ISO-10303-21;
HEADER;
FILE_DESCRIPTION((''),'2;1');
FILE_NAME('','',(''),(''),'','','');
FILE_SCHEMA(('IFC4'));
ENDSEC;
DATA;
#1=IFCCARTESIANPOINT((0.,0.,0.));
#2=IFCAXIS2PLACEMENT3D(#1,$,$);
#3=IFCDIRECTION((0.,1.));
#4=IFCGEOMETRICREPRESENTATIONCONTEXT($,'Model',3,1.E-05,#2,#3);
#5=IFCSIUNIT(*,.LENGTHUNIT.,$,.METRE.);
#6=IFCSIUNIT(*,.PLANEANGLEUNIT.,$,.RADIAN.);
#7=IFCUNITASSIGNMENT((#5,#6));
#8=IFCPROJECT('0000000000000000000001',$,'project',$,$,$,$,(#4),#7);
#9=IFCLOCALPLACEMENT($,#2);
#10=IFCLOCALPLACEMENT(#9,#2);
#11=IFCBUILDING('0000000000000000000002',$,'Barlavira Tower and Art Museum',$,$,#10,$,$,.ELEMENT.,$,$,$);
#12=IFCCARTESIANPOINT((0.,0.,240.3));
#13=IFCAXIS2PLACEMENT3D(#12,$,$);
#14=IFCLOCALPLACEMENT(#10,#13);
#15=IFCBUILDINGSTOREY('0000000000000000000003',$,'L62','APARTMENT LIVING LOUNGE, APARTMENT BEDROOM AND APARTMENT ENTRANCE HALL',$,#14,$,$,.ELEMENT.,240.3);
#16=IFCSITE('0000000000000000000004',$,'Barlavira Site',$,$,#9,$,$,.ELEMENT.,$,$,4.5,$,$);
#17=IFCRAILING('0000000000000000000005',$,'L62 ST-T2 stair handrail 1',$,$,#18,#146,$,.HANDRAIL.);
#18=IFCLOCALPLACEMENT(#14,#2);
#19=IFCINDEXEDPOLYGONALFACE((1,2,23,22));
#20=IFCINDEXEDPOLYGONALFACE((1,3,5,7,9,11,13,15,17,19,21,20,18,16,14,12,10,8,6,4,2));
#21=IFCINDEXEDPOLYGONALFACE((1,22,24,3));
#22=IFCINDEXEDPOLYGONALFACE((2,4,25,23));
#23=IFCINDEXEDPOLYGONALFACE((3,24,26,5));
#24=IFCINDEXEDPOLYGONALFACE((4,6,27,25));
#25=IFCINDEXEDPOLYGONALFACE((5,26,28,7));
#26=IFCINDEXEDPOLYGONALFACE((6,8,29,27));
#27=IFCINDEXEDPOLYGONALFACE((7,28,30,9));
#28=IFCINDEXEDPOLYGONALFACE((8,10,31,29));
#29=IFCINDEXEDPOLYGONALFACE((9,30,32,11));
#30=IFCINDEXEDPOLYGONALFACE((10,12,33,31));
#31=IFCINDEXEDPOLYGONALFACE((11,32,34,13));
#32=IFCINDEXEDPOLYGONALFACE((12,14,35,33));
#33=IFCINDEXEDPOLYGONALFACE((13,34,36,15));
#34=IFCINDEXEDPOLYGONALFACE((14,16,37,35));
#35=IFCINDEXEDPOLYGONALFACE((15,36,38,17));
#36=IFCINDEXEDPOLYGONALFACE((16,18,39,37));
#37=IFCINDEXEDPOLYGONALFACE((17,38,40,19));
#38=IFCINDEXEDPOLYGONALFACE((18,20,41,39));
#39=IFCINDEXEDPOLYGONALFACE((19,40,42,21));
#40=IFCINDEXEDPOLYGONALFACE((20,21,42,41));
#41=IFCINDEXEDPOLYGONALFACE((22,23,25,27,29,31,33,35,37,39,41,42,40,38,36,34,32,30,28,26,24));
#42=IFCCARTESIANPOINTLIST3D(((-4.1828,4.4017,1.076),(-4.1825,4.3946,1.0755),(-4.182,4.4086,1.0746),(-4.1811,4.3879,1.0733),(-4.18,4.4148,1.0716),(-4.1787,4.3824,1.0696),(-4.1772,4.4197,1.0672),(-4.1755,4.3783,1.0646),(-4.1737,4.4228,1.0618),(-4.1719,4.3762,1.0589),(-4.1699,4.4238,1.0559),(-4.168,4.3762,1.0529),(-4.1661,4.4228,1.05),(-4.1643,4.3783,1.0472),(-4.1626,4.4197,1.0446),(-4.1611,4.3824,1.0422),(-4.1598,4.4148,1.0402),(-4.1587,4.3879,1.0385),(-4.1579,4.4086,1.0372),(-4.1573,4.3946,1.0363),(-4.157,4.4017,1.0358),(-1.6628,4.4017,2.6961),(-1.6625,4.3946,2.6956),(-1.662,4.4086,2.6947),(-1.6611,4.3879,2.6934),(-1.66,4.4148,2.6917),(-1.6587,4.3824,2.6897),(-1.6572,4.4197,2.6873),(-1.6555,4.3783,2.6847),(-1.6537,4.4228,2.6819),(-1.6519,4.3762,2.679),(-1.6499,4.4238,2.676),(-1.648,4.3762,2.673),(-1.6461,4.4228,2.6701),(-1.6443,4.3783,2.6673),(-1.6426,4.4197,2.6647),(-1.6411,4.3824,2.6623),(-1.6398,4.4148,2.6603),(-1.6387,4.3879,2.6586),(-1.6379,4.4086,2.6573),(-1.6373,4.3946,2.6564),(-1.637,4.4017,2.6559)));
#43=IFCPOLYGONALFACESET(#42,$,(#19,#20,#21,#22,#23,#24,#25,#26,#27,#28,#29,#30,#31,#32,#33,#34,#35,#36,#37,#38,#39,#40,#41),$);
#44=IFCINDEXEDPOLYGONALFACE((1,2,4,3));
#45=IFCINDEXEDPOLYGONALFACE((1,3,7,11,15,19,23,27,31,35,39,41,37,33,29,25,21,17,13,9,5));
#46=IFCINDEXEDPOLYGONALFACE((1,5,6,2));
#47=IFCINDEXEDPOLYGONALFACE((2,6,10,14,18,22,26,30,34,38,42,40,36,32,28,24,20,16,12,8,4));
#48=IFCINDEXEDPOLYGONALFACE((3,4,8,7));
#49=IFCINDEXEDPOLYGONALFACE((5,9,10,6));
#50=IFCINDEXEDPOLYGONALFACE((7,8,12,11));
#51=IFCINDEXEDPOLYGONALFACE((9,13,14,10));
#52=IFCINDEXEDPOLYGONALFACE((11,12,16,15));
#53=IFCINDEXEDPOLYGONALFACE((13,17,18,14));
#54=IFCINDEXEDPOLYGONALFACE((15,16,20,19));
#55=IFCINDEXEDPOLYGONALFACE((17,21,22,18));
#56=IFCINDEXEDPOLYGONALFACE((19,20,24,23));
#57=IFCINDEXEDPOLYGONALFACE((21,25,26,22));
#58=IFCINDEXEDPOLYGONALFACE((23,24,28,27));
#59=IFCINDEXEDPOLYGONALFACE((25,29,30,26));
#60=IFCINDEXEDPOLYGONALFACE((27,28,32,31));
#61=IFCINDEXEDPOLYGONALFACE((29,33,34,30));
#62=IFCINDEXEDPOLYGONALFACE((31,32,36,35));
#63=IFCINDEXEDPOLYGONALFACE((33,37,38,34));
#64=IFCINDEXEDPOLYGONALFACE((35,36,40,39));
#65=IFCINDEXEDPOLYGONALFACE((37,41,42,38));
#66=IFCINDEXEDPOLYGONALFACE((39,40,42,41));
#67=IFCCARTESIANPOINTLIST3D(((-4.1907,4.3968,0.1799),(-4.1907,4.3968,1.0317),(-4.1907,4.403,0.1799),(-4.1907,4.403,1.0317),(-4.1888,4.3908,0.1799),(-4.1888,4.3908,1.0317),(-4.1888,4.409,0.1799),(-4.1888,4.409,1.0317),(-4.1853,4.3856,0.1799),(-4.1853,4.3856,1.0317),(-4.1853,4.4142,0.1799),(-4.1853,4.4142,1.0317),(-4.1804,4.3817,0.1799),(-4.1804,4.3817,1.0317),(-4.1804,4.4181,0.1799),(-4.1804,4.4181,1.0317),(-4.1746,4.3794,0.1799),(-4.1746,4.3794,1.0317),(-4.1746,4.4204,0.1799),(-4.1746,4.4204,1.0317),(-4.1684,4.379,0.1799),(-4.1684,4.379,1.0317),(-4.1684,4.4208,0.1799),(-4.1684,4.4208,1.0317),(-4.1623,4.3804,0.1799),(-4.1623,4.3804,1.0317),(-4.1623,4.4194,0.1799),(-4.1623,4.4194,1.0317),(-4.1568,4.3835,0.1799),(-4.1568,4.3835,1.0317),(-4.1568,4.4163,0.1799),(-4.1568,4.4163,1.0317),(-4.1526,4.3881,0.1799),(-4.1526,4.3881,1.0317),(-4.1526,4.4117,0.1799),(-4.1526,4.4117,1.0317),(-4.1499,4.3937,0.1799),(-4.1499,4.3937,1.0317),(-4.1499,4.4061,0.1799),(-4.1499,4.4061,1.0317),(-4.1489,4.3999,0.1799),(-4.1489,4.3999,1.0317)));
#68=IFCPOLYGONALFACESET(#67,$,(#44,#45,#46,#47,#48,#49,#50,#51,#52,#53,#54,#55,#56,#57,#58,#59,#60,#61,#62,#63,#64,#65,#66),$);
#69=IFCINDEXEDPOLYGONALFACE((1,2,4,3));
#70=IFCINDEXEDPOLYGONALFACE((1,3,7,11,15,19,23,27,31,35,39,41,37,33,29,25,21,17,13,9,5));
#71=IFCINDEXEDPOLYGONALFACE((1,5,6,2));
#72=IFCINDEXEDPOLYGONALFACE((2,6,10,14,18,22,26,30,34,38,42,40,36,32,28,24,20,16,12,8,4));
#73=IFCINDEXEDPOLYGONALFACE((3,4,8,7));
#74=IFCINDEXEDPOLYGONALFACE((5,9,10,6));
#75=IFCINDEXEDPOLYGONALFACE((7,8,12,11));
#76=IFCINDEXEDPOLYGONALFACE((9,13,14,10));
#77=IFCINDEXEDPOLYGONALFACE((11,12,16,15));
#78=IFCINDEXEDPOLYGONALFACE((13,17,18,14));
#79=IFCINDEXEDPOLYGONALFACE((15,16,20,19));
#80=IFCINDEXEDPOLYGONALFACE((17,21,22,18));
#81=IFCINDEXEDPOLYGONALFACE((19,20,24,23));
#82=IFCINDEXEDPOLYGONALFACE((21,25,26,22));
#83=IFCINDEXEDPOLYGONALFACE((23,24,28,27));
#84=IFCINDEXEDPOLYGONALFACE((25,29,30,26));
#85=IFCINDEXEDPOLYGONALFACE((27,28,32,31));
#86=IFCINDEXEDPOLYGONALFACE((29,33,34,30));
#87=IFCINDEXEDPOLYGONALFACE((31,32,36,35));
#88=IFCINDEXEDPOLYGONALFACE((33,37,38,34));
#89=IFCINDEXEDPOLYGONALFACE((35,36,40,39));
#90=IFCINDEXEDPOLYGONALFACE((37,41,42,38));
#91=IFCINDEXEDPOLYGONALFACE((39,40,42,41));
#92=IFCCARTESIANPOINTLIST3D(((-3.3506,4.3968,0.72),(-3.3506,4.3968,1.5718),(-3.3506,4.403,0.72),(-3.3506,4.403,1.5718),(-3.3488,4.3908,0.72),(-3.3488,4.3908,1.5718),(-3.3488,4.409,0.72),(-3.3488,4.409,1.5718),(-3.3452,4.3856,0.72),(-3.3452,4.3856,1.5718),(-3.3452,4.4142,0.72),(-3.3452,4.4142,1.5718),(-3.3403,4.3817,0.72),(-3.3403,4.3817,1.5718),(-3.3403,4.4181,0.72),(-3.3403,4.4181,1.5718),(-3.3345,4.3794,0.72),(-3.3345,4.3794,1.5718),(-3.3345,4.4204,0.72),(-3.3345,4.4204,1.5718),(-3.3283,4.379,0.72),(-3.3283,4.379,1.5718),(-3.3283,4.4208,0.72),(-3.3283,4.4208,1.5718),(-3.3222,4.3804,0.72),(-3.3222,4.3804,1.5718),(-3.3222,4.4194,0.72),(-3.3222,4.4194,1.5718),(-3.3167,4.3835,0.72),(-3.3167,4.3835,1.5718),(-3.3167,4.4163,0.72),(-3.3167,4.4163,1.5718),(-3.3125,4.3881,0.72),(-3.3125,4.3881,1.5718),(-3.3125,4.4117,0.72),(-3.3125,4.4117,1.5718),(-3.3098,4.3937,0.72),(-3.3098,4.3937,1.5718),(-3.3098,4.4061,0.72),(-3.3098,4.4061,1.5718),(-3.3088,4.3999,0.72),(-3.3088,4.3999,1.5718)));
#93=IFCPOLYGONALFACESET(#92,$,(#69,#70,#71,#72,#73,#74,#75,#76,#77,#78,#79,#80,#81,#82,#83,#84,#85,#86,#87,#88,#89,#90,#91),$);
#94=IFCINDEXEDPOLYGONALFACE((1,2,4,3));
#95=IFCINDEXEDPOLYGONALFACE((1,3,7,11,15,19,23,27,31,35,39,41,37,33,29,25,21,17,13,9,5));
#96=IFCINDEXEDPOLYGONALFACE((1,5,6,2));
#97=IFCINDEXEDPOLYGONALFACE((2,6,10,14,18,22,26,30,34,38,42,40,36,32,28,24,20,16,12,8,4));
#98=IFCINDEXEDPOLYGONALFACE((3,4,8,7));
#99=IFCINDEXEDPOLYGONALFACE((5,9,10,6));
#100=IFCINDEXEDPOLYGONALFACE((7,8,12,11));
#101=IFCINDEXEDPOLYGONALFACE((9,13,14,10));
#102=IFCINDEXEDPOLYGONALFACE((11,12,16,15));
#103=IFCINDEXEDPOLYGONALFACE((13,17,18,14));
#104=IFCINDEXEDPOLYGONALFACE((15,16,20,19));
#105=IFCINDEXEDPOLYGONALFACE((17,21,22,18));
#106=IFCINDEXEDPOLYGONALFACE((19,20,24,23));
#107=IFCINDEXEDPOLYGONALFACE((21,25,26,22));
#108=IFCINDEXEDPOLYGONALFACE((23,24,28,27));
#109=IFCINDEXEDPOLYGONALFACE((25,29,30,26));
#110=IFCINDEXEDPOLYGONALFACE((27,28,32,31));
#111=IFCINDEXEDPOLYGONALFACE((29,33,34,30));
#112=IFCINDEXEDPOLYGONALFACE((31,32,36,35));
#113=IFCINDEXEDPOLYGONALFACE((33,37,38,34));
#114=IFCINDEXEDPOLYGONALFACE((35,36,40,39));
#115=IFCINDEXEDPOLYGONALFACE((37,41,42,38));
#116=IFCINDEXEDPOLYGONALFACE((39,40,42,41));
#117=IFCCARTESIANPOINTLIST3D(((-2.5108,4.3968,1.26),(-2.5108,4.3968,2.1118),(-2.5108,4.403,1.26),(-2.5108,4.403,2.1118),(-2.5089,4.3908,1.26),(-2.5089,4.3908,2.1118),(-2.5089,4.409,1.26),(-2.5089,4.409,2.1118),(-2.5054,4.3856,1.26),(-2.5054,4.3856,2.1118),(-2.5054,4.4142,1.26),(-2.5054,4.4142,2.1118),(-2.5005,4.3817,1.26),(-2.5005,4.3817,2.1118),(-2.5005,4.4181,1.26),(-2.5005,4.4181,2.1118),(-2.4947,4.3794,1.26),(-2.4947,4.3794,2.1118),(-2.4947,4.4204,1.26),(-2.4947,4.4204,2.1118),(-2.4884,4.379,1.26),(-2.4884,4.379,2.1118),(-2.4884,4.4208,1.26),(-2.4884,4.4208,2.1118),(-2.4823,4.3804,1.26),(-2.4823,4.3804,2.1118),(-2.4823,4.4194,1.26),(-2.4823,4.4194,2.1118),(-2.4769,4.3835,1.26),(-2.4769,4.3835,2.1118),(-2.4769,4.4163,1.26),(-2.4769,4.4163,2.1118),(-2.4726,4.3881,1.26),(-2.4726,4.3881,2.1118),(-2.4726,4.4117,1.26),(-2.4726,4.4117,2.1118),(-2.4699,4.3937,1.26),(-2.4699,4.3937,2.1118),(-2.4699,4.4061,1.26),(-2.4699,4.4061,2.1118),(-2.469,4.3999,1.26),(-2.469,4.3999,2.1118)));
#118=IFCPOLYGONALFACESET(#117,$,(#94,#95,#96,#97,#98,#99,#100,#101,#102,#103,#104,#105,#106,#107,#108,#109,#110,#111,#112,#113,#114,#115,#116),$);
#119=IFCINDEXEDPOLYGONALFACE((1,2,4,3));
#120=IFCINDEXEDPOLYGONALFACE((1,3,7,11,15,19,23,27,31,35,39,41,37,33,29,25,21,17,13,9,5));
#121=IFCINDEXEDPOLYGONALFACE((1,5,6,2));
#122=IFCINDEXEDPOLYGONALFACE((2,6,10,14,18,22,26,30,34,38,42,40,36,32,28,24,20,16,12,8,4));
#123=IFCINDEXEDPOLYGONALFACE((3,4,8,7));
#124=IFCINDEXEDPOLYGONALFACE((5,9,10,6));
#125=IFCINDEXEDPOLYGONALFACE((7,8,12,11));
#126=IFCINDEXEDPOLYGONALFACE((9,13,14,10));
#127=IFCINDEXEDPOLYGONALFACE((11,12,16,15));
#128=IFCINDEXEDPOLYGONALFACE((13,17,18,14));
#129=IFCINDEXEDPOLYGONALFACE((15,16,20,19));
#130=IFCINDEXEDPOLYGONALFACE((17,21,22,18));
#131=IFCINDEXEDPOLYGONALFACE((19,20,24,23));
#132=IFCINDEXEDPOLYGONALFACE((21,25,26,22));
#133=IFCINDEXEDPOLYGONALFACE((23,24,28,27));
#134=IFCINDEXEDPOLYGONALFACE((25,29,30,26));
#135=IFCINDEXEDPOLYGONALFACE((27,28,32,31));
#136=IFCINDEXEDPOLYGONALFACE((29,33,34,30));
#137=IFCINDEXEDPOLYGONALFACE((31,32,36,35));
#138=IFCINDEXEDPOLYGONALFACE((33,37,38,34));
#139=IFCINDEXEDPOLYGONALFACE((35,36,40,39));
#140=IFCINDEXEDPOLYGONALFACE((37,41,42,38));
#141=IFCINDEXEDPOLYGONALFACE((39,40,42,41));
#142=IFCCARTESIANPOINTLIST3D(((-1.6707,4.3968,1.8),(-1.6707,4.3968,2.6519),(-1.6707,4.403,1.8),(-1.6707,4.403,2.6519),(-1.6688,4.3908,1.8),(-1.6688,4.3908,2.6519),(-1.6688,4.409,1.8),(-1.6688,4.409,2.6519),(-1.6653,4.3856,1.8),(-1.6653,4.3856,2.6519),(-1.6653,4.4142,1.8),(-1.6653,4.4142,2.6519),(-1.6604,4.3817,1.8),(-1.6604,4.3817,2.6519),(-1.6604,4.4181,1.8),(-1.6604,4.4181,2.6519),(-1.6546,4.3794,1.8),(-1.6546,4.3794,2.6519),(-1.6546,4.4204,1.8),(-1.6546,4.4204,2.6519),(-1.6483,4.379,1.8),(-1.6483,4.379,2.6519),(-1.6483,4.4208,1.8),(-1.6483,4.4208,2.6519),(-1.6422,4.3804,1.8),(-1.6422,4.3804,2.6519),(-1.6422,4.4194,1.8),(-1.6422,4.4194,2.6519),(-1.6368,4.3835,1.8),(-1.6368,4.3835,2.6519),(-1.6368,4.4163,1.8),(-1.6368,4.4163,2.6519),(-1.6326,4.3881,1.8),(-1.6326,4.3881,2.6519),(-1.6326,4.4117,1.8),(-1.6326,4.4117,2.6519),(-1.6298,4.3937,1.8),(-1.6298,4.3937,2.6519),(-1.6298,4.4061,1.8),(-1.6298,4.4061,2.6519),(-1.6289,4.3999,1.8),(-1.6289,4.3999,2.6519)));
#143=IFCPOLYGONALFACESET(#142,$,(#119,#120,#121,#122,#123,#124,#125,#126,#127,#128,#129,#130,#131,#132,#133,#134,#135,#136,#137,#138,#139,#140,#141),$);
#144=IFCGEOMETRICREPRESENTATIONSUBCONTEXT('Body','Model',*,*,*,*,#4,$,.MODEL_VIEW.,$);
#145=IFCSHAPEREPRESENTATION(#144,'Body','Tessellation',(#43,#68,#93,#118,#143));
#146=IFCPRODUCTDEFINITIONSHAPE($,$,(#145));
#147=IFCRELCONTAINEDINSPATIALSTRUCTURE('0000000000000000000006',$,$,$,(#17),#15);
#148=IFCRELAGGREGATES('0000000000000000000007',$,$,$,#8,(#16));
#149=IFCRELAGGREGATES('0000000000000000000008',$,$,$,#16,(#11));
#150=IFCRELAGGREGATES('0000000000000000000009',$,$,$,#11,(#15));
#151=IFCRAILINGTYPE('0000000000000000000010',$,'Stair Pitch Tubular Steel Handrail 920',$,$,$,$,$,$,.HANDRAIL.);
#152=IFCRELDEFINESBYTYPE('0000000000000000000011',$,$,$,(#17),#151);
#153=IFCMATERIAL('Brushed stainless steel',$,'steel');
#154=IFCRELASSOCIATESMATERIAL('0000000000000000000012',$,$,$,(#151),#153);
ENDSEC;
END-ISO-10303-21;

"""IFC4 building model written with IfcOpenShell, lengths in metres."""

from ifc_helpers import new_model, si_unit, direction, frame, origin, origin_2d, place, context, subcontext, project, spatial, circle, extrude, material, type_object, element, save


model = new_model("IFC4")

# Units and contexts
model_context = context("Model", 3, precision=1e-05, world=origin(), true_north=direction((0.0, 1.0)))
body_context = subcontext(model_context, "Body", "Model", "MODEL_VIEW")
ifc_project = project(units=[si_unit("LENGTHUNIT", "METRE"), si_unit("PLANEANGLEUNIT", "RADIAN")], contexts=[model_context])

# Site, building, storey
site_placement = place(None, origin())
site = spatial("IfcSite", under=ifc_project, at=site_placement, Name="Barlavira Site", CompositionType="ELEMENT", RefElevation=4.5)
building_placement = place(site_placement, origin())
building = spatial("IfcBuilding", under=site, at=building_placement, Name="Barlavira Tower and Art Museum", CompositionType="ELEMENT")
storey_placement = place(building_placement, frame((0.0, 0.0, 240.3)))
storey = spatial("IfcBuildingStorey", under=building, at=storey_placement, Name="L62", Description="APARTMENT LIVING LOUNGE, APARTMENT BEDROOM AND APARTMENT ENTRANCE HALL", CompositionType="ELEMENT", Elevation=240.3)

# Shared definitions
ifc_material_1 = material(Name="Brushed stainless steel", Category="steel")

# Railing
railing_type_1 = type_object("IfcRailingType", Name="Stair Pitch Tubular Steel Handrail 920", PredefinedType="HANDRAIL", material=ifc_material_1)
railing_1_placement = place(storey_placement, frame((-4.1699, 4.3999, 0.1799)))
element("IfcRailing", 1, at=railing_1_placement, inside=storey, type_object=railing_type_1, Name="L62 ST-T2 stair handrail 1", PredefinedType="HANDRAIL", context=body_context, shape_type="SweptSolid", body=[
    extrude(circle(Radius=0.0239, at=origin_2d()), frame((0.0, 0.0, 0.876), z_axis=(0.841163, 0.0, 0.540782), x_axis=(0.0, 1.0, 0.0)), (0.0, 0.0, 1.0), 2.9958),
    extrude(circle(Radius=0.021, at=origin_2d()), origin(), (0.0, 0.0, 1.0), 0.8518),
    extrude(circle(Radius=0.021, at=origin_2d()), frame((0.8401, 0.0, 0.54)), (0.0, 0.0, 1.0), 0.8518),
    extrude(circle(Radius=0.021, at=origin_2d()), frame((1.6799, 0.0, 1.0801)), (0.0, 0.0, 1.0), 0.8518),
    extrude(circle(Radius=0.021, at=origin_2d()), frame((2.52, 0.0, 1.6201)), (0.0, 0.0, 1.0), 0.8518),
])

save(model, "model.ifc")
